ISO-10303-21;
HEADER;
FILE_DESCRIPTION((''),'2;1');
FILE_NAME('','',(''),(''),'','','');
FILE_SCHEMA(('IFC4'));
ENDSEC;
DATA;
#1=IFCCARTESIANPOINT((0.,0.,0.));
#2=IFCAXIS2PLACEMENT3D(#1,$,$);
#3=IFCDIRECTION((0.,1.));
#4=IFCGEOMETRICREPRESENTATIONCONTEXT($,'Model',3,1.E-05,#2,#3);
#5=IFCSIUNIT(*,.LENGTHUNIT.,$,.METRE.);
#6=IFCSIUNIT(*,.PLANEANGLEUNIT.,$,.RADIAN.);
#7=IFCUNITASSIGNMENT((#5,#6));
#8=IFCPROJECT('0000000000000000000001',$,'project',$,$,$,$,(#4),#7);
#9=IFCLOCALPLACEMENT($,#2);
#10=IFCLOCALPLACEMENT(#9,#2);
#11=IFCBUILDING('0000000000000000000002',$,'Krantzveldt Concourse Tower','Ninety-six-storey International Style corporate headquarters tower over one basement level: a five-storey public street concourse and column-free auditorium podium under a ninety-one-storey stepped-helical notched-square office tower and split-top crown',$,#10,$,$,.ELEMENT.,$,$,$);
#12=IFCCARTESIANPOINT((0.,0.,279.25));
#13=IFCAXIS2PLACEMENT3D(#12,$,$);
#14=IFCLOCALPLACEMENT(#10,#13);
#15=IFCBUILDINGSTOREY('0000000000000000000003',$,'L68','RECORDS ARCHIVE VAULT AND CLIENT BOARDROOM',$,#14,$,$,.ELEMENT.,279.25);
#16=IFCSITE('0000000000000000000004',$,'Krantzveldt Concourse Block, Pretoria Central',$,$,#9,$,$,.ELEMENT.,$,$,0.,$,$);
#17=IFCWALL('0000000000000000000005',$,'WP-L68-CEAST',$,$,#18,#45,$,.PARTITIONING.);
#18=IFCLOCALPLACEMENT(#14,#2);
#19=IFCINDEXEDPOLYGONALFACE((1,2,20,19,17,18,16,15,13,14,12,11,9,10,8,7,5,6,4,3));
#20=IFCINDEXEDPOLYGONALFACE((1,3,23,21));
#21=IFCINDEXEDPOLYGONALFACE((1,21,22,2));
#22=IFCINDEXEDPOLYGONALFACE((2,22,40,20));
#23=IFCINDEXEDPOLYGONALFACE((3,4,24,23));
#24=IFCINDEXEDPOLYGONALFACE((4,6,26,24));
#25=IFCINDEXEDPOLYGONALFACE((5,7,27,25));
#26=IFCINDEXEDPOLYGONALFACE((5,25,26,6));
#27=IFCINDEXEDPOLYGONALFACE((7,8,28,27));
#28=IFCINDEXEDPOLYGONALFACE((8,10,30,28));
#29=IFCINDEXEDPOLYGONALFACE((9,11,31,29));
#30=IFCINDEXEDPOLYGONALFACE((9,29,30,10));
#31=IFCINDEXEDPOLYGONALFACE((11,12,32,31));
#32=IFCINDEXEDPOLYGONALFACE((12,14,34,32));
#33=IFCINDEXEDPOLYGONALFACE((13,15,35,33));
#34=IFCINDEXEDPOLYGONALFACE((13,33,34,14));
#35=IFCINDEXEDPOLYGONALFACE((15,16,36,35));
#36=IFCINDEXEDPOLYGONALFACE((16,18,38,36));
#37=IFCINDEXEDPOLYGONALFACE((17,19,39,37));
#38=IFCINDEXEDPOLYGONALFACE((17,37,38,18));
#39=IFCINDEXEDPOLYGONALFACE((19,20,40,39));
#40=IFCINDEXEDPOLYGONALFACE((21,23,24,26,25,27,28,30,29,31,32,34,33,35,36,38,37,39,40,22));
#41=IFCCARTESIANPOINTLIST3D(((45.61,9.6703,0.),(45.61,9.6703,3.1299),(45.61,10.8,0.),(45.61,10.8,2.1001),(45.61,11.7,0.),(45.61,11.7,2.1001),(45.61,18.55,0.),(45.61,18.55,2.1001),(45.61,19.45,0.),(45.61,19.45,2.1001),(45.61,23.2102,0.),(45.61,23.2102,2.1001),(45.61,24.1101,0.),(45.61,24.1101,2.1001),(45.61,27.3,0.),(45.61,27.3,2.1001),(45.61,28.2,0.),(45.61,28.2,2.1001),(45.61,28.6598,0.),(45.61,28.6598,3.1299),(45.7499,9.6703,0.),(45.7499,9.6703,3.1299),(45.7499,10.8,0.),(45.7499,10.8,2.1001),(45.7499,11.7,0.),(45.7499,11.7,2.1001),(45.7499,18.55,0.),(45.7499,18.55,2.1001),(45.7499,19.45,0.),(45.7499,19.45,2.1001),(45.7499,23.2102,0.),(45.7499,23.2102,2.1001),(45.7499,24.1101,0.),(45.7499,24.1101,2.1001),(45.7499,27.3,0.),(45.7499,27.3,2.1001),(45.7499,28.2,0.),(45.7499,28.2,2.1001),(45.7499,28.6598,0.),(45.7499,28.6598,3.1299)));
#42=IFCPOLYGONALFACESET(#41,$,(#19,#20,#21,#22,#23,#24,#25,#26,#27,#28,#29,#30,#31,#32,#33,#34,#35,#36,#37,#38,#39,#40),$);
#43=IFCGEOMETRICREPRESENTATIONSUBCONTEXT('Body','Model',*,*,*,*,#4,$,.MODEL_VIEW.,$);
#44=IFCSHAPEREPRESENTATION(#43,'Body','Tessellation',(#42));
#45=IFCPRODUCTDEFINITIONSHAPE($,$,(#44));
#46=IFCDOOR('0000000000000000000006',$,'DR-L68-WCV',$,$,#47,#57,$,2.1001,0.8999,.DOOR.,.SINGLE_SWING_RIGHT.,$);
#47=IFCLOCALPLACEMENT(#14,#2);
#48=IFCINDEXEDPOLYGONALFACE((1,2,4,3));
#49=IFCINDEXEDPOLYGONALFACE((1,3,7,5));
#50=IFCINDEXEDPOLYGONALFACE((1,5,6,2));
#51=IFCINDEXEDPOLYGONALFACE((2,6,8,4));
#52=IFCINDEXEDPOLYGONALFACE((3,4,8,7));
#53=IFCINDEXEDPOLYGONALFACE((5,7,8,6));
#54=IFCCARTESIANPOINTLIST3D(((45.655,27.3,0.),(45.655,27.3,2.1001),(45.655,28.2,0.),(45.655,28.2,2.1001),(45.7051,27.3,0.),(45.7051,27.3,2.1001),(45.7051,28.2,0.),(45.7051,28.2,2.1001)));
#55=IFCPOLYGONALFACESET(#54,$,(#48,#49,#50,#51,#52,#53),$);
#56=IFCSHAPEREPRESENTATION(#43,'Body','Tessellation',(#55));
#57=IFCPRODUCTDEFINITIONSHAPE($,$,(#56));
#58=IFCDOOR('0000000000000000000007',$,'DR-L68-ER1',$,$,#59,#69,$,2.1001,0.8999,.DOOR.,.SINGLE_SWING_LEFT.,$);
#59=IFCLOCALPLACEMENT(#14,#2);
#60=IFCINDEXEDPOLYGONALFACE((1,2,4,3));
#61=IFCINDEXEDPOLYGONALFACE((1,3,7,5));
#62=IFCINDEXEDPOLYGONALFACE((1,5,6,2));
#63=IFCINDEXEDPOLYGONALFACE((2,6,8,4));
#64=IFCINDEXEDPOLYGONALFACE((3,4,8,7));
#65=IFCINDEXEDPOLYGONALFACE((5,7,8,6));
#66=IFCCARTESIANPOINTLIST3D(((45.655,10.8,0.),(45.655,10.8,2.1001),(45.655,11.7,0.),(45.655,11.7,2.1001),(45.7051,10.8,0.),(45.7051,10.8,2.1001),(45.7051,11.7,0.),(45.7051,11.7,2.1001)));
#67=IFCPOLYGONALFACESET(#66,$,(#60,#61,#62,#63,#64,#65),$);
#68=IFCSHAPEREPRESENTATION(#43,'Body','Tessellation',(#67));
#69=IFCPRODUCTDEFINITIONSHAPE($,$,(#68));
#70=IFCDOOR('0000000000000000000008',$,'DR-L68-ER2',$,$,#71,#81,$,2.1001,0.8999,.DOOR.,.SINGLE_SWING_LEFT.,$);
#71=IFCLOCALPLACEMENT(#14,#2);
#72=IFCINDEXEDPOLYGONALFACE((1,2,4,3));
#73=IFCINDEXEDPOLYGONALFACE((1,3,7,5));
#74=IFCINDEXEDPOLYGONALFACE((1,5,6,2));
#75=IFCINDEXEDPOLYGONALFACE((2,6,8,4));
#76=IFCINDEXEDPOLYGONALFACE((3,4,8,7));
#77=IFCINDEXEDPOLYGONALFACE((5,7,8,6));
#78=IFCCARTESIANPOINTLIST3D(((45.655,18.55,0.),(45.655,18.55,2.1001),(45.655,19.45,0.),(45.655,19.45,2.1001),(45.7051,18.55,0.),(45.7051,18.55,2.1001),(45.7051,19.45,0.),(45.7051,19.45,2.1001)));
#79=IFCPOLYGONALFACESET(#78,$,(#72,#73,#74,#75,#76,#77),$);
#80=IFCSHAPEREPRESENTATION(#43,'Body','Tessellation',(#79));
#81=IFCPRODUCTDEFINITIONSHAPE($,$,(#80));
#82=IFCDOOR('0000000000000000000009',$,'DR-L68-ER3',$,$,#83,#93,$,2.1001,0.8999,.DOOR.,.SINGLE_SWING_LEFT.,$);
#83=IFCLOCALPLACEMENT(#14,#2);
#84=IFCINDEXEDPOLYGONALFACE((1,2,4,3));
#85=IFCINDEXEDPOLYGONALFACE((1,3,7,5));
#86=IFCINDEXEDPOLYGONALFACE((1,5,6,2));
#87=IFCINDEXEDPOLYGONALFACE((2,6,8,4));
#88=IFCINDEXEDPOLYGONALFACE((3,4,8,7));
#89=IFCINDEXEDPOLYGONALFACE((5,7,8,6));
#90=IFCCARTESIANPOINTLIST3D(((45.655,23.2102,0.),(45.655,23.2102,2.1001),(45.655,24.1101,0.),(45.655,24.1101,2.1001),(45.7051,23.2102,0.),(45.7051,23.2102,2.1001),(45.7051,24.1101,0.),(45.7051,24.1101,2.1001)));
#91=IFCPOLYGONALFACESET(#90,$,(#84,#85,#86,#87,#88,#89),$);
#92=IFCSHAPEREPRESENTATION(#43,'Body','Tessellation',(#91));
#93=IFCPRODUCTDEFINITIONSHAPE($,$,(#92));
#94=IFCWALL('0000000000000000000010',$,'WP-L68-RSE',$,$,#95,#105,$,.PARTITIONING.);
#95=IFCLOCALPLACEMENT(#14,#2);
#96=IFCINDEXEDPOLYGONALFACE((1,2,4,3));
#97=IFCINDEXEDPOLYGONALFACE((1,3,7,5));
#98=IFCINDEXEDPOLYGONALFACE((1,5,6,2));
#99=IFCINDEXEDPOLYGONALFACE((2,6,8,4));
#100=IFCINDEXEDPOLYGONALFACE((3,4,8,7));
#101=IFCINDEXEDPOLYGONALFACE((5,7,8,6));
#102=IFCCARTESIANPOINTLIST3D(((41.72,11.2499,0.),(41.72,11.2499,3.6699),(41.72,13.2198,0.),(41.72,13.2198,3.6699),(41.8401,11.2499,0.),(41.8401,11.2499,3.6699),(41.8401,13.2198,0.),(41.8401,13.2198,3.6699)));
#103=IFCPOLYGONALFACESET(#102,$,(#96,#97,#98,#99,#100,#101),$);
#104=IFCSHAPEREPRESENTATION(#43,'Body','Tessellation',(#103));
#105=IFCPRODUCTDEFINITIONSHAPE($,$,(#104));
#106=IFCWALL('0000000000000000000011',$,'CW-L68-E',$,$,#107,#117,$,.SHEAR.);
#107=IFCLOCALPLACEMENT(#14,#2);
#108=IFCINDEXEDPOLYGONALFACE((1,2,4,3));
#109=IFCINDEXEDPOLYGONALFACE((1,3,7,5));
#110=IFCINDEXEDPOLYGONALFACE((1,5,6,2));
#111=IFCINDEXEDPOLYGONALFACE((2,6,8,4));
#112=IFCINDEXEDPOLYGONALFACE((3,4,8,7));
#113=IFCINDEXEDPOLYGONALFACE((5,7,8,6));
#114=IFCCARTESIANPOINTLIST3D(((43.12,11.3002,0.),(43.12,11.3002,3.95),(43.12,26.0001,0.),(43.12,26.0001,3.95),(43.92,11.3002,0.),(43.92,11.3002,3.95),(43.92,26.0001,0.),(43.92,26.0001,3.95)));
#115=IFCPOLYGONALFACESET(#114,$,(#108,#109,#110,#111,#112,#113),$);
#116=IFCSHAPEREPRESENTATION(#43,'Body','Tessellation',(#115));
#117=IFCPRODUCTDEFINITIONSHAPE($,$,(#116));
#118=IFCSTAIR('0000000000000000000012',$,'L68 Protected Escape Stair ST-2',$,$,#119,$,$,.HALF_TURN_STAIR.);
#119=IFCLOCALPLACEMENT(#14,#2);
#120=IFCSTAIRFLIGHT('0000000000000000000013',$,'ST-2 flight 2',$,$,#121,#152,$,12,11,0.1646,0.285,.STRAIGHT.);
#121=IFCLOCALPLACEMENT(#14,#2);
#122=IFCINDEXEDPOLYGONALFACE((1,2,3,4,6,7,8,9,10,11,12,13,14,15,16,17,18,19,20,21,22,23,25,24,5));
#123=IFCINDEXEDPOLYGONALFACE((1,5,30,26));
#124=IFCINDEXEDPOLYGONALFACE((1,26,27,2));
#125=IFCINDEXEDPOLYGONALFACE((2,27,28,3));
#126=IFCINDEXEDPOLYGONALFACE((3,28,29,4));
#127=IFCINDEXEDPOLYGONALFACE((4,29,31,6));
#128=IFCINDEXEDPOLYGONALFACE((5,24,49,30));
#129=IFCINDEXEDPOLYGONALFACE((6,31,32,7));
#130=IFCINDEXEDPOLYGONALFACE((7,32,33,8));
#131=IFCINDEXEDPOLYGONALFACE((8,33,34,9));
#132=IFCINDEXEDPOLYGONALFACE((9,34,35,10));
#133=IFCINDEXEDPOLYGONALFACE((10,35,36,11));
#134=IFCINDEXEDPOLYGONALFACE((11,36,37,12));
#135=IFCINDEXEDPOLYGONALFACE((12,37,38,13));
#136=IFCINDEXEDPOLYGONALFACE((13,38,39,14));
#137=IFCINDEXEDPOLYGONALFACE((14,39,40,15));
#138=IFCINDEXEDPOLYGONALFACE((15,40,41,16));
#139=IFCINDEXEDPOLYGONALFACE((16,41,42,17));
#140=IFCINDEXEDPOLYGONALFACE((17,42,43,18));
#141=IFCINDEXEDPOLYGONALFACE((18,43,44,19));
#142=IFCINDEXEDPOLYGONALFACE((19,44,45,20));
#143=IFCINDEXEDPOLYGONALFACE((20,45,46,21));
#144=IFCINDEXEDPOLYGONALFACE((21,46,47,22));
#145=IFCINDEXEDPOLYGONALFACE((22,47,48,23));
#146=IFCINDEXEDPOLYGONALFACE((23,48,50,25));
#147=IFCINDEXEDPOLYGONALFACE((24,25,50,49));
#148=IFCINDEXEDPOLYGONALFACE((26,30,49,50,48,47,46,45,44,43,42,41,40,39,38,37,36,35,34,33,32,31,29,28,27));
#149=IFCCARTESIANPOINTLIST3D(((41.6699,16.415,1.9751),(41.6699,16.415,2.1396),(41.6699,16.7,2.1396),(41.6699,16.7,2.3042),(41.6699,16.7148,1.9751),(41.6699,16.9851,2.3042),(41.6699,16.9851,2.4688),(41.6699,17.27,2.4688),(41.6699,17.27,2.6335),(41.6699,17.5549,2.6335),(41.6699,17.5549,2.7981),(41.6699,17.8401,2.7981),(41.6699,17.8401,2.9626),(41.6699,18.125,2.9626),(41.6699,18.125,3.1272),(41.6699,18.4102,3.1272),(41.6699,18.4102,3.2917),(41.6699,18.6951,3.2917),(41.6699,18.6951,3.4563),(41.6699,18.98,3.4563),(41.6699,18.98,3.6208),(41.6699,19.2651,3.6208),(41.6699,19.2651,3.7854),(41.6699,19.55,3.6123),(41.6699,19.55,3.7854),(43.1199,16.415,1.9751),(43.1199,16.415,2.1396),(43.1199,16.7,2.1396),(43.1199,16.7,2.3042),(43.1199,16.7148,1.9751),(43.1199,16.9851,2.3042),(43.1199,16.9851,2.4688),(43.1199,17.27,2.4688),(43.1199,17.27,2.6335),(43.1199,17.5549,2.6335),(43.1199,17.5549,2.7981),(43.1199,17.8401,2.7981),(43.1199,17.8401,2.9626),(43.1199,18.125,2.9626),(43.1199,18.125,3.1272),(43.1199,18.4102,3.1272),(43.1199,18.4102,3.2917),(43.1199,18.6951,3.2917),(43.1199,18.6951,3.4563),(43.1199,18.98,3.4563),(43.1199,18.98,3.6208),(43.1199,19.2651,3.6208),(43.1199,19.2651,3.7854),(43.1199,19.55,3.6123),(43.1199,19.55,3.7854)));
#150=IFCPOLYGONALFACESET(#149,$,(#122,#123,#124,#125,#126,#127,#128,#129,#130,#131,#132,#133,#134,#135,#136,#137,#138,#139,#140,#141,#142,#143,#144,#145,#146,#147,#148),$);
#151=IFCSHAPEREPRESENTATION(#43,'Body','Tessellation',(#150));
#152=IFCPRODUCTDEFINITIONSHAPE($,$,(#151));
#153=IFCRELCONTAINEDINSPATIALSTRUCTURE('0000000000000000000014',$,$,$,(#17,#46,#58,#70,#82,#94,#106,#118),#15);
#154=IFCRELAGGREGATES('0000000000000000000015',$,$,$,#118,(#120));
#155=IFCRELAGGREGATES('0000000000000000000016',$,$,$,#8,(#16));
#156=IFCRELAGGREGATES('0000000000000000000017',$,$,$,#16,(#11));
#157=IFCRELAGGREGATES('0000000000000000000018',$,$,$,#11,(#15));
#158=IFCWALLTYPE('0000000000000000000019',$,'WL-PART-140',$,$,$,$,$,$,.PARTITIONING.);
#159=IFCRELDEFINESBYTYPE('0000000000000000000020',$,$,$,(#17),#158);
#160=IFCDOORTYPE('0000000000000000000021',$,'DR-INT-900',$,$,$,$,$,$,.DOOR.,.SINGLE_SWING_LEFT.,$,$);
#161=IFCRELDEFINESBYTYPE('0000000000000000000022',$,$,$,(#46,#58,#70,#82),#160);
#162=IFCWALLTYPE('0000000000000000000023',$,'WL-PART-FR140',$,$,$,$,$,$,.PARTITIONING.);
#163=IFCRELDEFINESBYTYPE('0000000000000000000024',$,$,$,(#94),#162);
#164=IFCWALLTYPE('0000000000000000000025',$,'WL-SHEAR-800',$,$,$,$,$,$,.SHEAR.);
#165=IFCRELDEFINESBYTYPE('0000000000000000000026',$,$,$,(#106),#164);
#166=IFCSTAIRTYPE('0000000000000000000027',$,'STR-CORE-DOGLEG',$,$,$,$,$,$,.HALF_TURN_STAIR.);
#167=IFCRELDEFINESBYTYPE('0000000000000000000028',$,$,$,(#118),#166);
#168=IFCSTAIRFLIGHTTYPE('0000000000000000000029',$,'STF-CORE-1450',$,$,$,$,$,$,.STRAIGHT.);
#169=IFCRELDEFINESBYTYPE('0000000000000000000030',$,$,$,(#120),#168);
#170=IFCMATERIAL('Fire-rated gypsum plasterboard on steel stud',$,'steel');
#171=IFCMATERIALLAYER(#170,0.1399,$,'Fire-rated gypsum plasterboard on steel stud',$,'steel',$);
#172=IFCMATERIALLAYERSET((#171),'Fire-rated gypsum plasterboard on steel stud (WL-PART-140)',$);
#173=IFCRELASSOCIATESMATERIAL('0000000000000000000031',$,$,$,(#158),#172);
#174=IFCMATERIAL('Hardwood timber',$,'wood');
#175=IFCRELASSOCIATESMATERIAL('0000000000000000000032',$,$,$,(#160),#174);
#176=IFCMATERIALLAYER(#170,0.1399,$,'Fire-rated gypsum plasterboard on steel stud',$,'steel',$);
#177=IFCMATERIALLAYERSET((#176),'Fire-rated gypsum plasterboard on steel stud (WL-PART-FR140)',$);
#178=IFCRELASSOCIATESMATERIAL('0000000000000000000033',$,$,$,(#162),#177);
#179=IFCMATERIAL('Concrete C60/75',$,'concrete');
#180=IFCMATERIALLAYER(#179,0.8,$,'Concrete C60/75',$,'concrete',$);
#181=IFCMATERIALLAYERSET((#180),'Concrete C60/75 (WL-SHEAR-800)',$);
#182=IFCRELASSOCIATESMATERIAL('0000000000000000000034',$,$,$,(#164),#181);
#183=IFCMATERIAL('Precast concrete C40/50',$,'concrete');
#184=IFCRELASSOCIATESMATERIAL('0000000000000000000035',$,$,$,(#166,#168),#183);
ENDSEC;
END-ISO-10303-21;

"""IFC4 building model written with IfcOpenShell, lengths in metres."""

from ifc_helpers import new_model, si_unit, direction, frame, frame_2d, origin, place, context, subcontext, project, spatial, polyline, rectangle, outline, extrude, material, layer, layer_set, type_object, element, fill, aggregate, save


model = new_model("IFC4")

# Units and contexts
model_context = context("Model", 3, precision=1e-05, world=origin(), true_north=direction((0.0, 1.0)))
body_context = subcontext(model_context, "Body", "Model", "MODEL_VIEW")
ifc_project = project(units=[si_unit("LENGTHUNIT", "METRE"), si_unit("PLANEANGLEUNIT", "RADIAN")], contexts=[model_context])

# Site, building, storey
site_placement = place(None, origin())
site = spatial("IfcSite", under=ifc_project, at=site_placement, Name="Krantzveldt Concourse Block, Pretoria Central", CompositionType="ELEMENT", RefElevation=0.0)
building_placement = place(site_placement, origin())
building = spatial("IfcBuilding", under=site, at=building_placement, Name="Krantzveldt Concourse Tower", Description="Ninety-six-storey International Style corporate headquarters tower over one basement level: a five-storey public street concourse and column-free auditorium podium under a ninety-one-storey stepped-helical notched-square office tower and split-top crown", CompositionType="ELEMENT")
storey_placement = place(building_placement, frame((0.0, 0.0, 279.25)))
storey = spatial("IfcBuildingStorey", under=building, at=storey_placement, Name="L68", Description="RECORDS ARCHIVE VAULT AND CLIENT BOARDROOM", CompositionType="ELEMENT", Elevation=279.25)

# Shared definitions
ifc_material_1 = material(Name="Fire-rated gypsum plasterboard on steel stud", Category="steel")

# Wall, openings, doors
ifc_layer_1 = layer(ifc_material_1, 0.1399, Name="Fire-rated gypsum plasterboard on steel stud", Category="steel")
ifc_layer_set_1 = layer_set([ifc_layer_1], Name="Fire-rated gypsum plasterboard on steel stud (WL-PART-140)")
wall_type_1 = type_object("IfcWallType", Name="WL-PART-140", PredefinedType="PARTITIONING", material=ifc_layer_set_1)
wall_1_placement = place(storey_placement, frame((45.6799, 9.6704, 0.0), z_axis=(0.0, 0.0, 1.0), x_axis=(0.0, 1.0, 0.0)))
wall_1 = element("IfcWall", 1, at=wall_1_placement, inside=storey, type_object=wall_type_1, Name="WP-L68-CEAST", PredefinedType="PARTITIONING", context=body_context, shape_type="SweptSolid", body=[
    extrude(rectangle(XDim=18.9895, YDim=0.1399, at=frame_2d((9.4946, 0.0))), origin(), (0.0, 0.0, 1.0), 3.1299),
])
opening_1_placement = place(wall_1_placement, frame((17.6296, 0.0, 0.0)))
opening_1 = element("IfcOpeningElement", 2, at=opening_1_placement, cuts=wall_1, PredefinedType="OPENING", context=body_context, shape_type="SweptSolid", body=[
    extrude(rectangle(XDim=0.8999, YDim=2.1001, at=frame_2d((0.45, 1.05))), frame((0.0, 0.0801, 0.0), z_axis=(0.0, -1.0, 0.0), x_axis=(1.0, 0.0, 0.0)), (0.0, 0.0, 1.0), 0.1599),
])
opening_2_placement = place(wall_1_placement, frame((1.1296, 0.0, 0.0)))
opening_2 = element("IfcOpeningElement", 3, at=opening_2_placement, cuts=wall_1, PredefinedType="OPENING", context=body_context, shape_type="SweptSolid", body=[
    extrude(rectangle(XDim=0.8999, YDim=2.1001, at=frame_2d((0.45, 1.05))), frame((0.0, 0.0801, 0.0), z_axis=(0.0, -1.0, 0.0), x_axis=(1.0, 0.0, 0.0)), (0.0, 0.0, 1.0), 0.1599),
])
opening_3_placement = place(wall_1_placement, frame((8.8796, 0.0, 0.0)))
opening_3 = element("IfcOpeningElement", 4, at=opening_3_placement, cuts=wall_1, PredefinedType="OPENING", context=body_context, shape_type="SweptSolid", body=[
    extrude(rectangle(XDim=0.8999, YDim=2.1001, at=frame_2d((0.45, 1.05))), frame((0.0, 0.0801, 0.0), z_axis=(0.0, -1.0, 0.0), x_axis=(1.0, 0.0, 0.0)), (0.0, 0.0, 1.0), 0.1599),
])
opening_4_placement = place(wall_1_placement, frame((13.5398, 0.0, 0.0)))
opening_4 = element("IfcOpeningElement", 5, at=opening_4_placement, cuts=wall_1, PredefinedType="OPENING", context=body_context, shape_type="SweptSolid", body=[
    extrude(rectangle(XDim=0.8999, YDim=2.1001, at=frame_2d((0.45, 1.05))), frame((0.0, 0.0801, 0.0), z_axis=(0.0, -1.0, 0.0), x_axis=(1.0, 0.0, 0.0)), (0.0, 0.0, 1.0), 0.1599),
])
ifc_material_2 = material(Name="Hardwood timber", Category="wood")
door_type = type_object("IfcDoorType", Name="DR-INT-900", OperationType="SINGLE_SWING_LEFT", PredefinedType="DOOR", material=ifc_material_2)
door_1_placement = place(opening_1_placement, origin())
door_1 = element("IfcDoor", 6, at=door_1_placement, inside=storey, type_object=door_type, Name="DR-L68-WCV", OperationType="SINGLE_SWING_RIGHT", OverallHeight=2.1001, OverallWidth=0.8999, PredefinedType="DOOR", context=body_context, shape_type="SweptSolid", body=[
    extrude(rectangle(XDim=0.8999, YDim=2.1001, at=frame_2d((0.45, 1.05))), frame((0.0, 0.0249, 0.0), z_axis=(0.0, -1.0, 0.0), x_axis=(1.0, 0.0, 0.0)), (0.0, 0.0, 1.0), 0.05),
])
fill(opening_1, door_1)
door_2_placement = place(opening_2_placement, origin())
door_2 = element("IfcDoor", 7, at=door_2_placement, inside=storey, type_object=door_type, Name="DR-L68-ER1", OperationType="SINGLE_SWING_LEFT", OverallHeight=2.1001, OverallWidth=0.8999, PredefinedType="DOOR", context=body_context, shape_type="SweptSolid", body=[
    extrude(rectangle(XDim=0.8999, YDim=2.1001, at=frame_2d((0.45, 1.05))), frame((0.0, 0.0249, 0.0), z_axis=(0.0, -1.0, 0.0), x_axis=(1.0, 0.0, 0.0)), (0.0, 0.0, 1.0), 0.05),
])
fill(opening_2, door_2)
door_3_placement = place(opening_3_placement, origin())
door_3 = element("IfcDoor", 8, at=door_3_placement, inside=storey, type_object=door_type, Name="DR-L68-ER2", OperationType="SINGLE_SWING_LEFT", OverallHeight=2.1001, OverallWidth=0.8999, PredefinedType="DOOR", context=body_context, shape_type="SweptSolid", body=[
    extrude(rectangle(XDim=0.8999, YDim=2.1001, at=frame_2d((0.45, 1.05))), frame((0.0, 0.0249, 0.0), z_axis=(0.0, -1.0, 0.0), x_axis=(1.0, 0.0, 0.0)), (0.0, 0.0, 1.0), 0.05),
])
fill(opening_3, door_3)
door_4_placement = place(opening_4_placement, origin())
door_4 = element("IfcDoor", 9, at=door_4_placement, inside=storey, type_object=door_type, Name="DR-L68-ER3", OperationType="SINGLE_SWING_LEFT", OverallHeight=2.1001, OverallWidth=0.8999, PredefinedType="DOOR", context=body_context, shape_type="SweptSolid", body=[
    extrude(rectangle(XDim=0.8999, YDim=2.1001, at=frame_2d((0.45, 1.05))), frame((0.0, 0.0249, 0.0), z_axis=(0.0, -1.0, 0.0), x_axis=(1.0, 0.0, 0.0)), (0.0, 0.0, 1.0), 0.05),
])
fill(opening_4, door_4)

# Walls
ifc_layer_2 = layer(ifc_material_1, 0.1399, Name="Fire-rated gypsum plasterboard on steel stud", Category="steel")
ifc_layer_set_2 = layer_set([ifc_layer_2], Name="Fire-rated gypsum plasterboard on steel stud (WL-PART-FR140)")
wall_type_2 = type_object("IfcWallType", Name="WL-PART-FR140", PredefinedType="PARTITIONING", material=ifc_layer_set_2)
wall_2_placement = place(storey_placement, frame((41.78, 11.25, 0.0), z_axis=(0.0, 0.0, 1.0), x_axis=(0.0, 1.0, 0.0)))
element("IfcWall", 10, at=wall_2_placement, inside=storey, type_object=wall_type_2, Name="WP-L68-RSE", PredefinedType="PARTITIONING", context=body_context, shape_type="SweptSolid", body=[
    extrude(rectangle(XDim=1.97, YDim=0.1201, at=frame_2d((0.9849, 0.0))), origin(), (0.0, 0.0, 1.0), 3.6699),
])
ifc_material_3 = material(Name="Concrete C60/75", Category="concrete")
ifc_layer_3 = layer(ifc_material_3, 0.8, Name="Concrete C60/75", Category="concrete")
ifc_layer_set_3 = layer_set([ifc_layer_3], Name="Concrete C60/75 (WL-SHEAR-800)")
wall_type_3 = type_object("IfcWallType", Name="WL-SHEAR-800", PredefinedType="SHEAR", material=ifc_layer_set_3)
wall_3_placement = place(storey_placement, frame((43.52, 11.3, 0.0), z_axis=(0.0, 0.0, 1.0), x_axis=(0.0, 1.0, 0.0)))
element("IfcWall", 11, at=wall_3_placement, inside=storey, type_object=wall_type_3, Name="CW-L68-E", PredefinedType="SHEAR", context=body_context, shape_type="SweptSolid", body=[
    extrude(rectangle(XDim=14.7, YDim=0.8, at=frame_2d((7.3501, 0.0))), origin(), (0.0, 0.0, 1.0), 3.95),
])

# Stair, stair flight
ifc_material_4 = material(Name="Precast concrete C40/50", Category="concrete")
stair_type = type_object("IfcStairType", Name="STR-CORE-DOGLEG", PredefinedType="HALF_TURN_STAIR", material=ifc_material_4)
stair_placement = place(storey_placement, origin())
stair = element("IfcStair", 12, at=stair_placement, inside=storey, type_object=stair_type, Name="L68 Protected Escape Stair ST-2", PredefinedType="HALF_TURN_STAIR")
stair_flight_type = type_object("IfcStairFlightType", Name="STF-CORE-1450", PredefinedType="STRAIGHT", material=ifc_material_4)
stair_flight_placement = place(storey_placement, frame((42.395, 16.415, 1.9751), z_axis=(0.0, 0.0, 1.0), x_axis=(0.0, 1.0, 0.0)))
stair_flight = element("IfcStairFlight", 13, at=stair_flight_placement, type_object=stair_flight_type, Name="ST-2 flight 2", NumberOfRisers=12, NumberOfTreads=11, PredefinedType="STRAIGHT", RiserHeight=0.1646, TreadLength=0.285, context=body_context, shape_type="SweptSolid", body=[
    extrude(outline(polyline([(0.0, 0.0), (0.0, 0.1646), (0.2849, 0.1646), (0.2849, 0.3291), (0.5701, 0.3291), (0.5701, 0.4937), (0.855, 0.4937), (0.855, 0.6584), (1.1399, 0.6584), (1.1399, 0.823), (1.425, 0.823), (1.425, 0.9875), (1.71, 0.9875), (1.71, 1.1521), (1.9951, 1.1521), (1.9951, 1.3167), (2.28, 1.3167), (2.28, 1.4812), (2.5649, 1.4812), (2.5649, 1.6458), (2.8501, 1.6458), (2.8501, 1.8103), (3.135, 1.8103), (3.135, 1.9751), (3.135, 1.6372), (0.2998, 0.0), (0.0, 0.0)])), frame((0.0, 0.7251, 0.0), z_axis=(0.0, -1.0, 0.0), x_axis=(1.0, 0.0, 0.0)), (0.0, 0.0, 1.0), 1.45),
])
aggregate(stair, [stair_flight])

save(model, "model.ifc")
